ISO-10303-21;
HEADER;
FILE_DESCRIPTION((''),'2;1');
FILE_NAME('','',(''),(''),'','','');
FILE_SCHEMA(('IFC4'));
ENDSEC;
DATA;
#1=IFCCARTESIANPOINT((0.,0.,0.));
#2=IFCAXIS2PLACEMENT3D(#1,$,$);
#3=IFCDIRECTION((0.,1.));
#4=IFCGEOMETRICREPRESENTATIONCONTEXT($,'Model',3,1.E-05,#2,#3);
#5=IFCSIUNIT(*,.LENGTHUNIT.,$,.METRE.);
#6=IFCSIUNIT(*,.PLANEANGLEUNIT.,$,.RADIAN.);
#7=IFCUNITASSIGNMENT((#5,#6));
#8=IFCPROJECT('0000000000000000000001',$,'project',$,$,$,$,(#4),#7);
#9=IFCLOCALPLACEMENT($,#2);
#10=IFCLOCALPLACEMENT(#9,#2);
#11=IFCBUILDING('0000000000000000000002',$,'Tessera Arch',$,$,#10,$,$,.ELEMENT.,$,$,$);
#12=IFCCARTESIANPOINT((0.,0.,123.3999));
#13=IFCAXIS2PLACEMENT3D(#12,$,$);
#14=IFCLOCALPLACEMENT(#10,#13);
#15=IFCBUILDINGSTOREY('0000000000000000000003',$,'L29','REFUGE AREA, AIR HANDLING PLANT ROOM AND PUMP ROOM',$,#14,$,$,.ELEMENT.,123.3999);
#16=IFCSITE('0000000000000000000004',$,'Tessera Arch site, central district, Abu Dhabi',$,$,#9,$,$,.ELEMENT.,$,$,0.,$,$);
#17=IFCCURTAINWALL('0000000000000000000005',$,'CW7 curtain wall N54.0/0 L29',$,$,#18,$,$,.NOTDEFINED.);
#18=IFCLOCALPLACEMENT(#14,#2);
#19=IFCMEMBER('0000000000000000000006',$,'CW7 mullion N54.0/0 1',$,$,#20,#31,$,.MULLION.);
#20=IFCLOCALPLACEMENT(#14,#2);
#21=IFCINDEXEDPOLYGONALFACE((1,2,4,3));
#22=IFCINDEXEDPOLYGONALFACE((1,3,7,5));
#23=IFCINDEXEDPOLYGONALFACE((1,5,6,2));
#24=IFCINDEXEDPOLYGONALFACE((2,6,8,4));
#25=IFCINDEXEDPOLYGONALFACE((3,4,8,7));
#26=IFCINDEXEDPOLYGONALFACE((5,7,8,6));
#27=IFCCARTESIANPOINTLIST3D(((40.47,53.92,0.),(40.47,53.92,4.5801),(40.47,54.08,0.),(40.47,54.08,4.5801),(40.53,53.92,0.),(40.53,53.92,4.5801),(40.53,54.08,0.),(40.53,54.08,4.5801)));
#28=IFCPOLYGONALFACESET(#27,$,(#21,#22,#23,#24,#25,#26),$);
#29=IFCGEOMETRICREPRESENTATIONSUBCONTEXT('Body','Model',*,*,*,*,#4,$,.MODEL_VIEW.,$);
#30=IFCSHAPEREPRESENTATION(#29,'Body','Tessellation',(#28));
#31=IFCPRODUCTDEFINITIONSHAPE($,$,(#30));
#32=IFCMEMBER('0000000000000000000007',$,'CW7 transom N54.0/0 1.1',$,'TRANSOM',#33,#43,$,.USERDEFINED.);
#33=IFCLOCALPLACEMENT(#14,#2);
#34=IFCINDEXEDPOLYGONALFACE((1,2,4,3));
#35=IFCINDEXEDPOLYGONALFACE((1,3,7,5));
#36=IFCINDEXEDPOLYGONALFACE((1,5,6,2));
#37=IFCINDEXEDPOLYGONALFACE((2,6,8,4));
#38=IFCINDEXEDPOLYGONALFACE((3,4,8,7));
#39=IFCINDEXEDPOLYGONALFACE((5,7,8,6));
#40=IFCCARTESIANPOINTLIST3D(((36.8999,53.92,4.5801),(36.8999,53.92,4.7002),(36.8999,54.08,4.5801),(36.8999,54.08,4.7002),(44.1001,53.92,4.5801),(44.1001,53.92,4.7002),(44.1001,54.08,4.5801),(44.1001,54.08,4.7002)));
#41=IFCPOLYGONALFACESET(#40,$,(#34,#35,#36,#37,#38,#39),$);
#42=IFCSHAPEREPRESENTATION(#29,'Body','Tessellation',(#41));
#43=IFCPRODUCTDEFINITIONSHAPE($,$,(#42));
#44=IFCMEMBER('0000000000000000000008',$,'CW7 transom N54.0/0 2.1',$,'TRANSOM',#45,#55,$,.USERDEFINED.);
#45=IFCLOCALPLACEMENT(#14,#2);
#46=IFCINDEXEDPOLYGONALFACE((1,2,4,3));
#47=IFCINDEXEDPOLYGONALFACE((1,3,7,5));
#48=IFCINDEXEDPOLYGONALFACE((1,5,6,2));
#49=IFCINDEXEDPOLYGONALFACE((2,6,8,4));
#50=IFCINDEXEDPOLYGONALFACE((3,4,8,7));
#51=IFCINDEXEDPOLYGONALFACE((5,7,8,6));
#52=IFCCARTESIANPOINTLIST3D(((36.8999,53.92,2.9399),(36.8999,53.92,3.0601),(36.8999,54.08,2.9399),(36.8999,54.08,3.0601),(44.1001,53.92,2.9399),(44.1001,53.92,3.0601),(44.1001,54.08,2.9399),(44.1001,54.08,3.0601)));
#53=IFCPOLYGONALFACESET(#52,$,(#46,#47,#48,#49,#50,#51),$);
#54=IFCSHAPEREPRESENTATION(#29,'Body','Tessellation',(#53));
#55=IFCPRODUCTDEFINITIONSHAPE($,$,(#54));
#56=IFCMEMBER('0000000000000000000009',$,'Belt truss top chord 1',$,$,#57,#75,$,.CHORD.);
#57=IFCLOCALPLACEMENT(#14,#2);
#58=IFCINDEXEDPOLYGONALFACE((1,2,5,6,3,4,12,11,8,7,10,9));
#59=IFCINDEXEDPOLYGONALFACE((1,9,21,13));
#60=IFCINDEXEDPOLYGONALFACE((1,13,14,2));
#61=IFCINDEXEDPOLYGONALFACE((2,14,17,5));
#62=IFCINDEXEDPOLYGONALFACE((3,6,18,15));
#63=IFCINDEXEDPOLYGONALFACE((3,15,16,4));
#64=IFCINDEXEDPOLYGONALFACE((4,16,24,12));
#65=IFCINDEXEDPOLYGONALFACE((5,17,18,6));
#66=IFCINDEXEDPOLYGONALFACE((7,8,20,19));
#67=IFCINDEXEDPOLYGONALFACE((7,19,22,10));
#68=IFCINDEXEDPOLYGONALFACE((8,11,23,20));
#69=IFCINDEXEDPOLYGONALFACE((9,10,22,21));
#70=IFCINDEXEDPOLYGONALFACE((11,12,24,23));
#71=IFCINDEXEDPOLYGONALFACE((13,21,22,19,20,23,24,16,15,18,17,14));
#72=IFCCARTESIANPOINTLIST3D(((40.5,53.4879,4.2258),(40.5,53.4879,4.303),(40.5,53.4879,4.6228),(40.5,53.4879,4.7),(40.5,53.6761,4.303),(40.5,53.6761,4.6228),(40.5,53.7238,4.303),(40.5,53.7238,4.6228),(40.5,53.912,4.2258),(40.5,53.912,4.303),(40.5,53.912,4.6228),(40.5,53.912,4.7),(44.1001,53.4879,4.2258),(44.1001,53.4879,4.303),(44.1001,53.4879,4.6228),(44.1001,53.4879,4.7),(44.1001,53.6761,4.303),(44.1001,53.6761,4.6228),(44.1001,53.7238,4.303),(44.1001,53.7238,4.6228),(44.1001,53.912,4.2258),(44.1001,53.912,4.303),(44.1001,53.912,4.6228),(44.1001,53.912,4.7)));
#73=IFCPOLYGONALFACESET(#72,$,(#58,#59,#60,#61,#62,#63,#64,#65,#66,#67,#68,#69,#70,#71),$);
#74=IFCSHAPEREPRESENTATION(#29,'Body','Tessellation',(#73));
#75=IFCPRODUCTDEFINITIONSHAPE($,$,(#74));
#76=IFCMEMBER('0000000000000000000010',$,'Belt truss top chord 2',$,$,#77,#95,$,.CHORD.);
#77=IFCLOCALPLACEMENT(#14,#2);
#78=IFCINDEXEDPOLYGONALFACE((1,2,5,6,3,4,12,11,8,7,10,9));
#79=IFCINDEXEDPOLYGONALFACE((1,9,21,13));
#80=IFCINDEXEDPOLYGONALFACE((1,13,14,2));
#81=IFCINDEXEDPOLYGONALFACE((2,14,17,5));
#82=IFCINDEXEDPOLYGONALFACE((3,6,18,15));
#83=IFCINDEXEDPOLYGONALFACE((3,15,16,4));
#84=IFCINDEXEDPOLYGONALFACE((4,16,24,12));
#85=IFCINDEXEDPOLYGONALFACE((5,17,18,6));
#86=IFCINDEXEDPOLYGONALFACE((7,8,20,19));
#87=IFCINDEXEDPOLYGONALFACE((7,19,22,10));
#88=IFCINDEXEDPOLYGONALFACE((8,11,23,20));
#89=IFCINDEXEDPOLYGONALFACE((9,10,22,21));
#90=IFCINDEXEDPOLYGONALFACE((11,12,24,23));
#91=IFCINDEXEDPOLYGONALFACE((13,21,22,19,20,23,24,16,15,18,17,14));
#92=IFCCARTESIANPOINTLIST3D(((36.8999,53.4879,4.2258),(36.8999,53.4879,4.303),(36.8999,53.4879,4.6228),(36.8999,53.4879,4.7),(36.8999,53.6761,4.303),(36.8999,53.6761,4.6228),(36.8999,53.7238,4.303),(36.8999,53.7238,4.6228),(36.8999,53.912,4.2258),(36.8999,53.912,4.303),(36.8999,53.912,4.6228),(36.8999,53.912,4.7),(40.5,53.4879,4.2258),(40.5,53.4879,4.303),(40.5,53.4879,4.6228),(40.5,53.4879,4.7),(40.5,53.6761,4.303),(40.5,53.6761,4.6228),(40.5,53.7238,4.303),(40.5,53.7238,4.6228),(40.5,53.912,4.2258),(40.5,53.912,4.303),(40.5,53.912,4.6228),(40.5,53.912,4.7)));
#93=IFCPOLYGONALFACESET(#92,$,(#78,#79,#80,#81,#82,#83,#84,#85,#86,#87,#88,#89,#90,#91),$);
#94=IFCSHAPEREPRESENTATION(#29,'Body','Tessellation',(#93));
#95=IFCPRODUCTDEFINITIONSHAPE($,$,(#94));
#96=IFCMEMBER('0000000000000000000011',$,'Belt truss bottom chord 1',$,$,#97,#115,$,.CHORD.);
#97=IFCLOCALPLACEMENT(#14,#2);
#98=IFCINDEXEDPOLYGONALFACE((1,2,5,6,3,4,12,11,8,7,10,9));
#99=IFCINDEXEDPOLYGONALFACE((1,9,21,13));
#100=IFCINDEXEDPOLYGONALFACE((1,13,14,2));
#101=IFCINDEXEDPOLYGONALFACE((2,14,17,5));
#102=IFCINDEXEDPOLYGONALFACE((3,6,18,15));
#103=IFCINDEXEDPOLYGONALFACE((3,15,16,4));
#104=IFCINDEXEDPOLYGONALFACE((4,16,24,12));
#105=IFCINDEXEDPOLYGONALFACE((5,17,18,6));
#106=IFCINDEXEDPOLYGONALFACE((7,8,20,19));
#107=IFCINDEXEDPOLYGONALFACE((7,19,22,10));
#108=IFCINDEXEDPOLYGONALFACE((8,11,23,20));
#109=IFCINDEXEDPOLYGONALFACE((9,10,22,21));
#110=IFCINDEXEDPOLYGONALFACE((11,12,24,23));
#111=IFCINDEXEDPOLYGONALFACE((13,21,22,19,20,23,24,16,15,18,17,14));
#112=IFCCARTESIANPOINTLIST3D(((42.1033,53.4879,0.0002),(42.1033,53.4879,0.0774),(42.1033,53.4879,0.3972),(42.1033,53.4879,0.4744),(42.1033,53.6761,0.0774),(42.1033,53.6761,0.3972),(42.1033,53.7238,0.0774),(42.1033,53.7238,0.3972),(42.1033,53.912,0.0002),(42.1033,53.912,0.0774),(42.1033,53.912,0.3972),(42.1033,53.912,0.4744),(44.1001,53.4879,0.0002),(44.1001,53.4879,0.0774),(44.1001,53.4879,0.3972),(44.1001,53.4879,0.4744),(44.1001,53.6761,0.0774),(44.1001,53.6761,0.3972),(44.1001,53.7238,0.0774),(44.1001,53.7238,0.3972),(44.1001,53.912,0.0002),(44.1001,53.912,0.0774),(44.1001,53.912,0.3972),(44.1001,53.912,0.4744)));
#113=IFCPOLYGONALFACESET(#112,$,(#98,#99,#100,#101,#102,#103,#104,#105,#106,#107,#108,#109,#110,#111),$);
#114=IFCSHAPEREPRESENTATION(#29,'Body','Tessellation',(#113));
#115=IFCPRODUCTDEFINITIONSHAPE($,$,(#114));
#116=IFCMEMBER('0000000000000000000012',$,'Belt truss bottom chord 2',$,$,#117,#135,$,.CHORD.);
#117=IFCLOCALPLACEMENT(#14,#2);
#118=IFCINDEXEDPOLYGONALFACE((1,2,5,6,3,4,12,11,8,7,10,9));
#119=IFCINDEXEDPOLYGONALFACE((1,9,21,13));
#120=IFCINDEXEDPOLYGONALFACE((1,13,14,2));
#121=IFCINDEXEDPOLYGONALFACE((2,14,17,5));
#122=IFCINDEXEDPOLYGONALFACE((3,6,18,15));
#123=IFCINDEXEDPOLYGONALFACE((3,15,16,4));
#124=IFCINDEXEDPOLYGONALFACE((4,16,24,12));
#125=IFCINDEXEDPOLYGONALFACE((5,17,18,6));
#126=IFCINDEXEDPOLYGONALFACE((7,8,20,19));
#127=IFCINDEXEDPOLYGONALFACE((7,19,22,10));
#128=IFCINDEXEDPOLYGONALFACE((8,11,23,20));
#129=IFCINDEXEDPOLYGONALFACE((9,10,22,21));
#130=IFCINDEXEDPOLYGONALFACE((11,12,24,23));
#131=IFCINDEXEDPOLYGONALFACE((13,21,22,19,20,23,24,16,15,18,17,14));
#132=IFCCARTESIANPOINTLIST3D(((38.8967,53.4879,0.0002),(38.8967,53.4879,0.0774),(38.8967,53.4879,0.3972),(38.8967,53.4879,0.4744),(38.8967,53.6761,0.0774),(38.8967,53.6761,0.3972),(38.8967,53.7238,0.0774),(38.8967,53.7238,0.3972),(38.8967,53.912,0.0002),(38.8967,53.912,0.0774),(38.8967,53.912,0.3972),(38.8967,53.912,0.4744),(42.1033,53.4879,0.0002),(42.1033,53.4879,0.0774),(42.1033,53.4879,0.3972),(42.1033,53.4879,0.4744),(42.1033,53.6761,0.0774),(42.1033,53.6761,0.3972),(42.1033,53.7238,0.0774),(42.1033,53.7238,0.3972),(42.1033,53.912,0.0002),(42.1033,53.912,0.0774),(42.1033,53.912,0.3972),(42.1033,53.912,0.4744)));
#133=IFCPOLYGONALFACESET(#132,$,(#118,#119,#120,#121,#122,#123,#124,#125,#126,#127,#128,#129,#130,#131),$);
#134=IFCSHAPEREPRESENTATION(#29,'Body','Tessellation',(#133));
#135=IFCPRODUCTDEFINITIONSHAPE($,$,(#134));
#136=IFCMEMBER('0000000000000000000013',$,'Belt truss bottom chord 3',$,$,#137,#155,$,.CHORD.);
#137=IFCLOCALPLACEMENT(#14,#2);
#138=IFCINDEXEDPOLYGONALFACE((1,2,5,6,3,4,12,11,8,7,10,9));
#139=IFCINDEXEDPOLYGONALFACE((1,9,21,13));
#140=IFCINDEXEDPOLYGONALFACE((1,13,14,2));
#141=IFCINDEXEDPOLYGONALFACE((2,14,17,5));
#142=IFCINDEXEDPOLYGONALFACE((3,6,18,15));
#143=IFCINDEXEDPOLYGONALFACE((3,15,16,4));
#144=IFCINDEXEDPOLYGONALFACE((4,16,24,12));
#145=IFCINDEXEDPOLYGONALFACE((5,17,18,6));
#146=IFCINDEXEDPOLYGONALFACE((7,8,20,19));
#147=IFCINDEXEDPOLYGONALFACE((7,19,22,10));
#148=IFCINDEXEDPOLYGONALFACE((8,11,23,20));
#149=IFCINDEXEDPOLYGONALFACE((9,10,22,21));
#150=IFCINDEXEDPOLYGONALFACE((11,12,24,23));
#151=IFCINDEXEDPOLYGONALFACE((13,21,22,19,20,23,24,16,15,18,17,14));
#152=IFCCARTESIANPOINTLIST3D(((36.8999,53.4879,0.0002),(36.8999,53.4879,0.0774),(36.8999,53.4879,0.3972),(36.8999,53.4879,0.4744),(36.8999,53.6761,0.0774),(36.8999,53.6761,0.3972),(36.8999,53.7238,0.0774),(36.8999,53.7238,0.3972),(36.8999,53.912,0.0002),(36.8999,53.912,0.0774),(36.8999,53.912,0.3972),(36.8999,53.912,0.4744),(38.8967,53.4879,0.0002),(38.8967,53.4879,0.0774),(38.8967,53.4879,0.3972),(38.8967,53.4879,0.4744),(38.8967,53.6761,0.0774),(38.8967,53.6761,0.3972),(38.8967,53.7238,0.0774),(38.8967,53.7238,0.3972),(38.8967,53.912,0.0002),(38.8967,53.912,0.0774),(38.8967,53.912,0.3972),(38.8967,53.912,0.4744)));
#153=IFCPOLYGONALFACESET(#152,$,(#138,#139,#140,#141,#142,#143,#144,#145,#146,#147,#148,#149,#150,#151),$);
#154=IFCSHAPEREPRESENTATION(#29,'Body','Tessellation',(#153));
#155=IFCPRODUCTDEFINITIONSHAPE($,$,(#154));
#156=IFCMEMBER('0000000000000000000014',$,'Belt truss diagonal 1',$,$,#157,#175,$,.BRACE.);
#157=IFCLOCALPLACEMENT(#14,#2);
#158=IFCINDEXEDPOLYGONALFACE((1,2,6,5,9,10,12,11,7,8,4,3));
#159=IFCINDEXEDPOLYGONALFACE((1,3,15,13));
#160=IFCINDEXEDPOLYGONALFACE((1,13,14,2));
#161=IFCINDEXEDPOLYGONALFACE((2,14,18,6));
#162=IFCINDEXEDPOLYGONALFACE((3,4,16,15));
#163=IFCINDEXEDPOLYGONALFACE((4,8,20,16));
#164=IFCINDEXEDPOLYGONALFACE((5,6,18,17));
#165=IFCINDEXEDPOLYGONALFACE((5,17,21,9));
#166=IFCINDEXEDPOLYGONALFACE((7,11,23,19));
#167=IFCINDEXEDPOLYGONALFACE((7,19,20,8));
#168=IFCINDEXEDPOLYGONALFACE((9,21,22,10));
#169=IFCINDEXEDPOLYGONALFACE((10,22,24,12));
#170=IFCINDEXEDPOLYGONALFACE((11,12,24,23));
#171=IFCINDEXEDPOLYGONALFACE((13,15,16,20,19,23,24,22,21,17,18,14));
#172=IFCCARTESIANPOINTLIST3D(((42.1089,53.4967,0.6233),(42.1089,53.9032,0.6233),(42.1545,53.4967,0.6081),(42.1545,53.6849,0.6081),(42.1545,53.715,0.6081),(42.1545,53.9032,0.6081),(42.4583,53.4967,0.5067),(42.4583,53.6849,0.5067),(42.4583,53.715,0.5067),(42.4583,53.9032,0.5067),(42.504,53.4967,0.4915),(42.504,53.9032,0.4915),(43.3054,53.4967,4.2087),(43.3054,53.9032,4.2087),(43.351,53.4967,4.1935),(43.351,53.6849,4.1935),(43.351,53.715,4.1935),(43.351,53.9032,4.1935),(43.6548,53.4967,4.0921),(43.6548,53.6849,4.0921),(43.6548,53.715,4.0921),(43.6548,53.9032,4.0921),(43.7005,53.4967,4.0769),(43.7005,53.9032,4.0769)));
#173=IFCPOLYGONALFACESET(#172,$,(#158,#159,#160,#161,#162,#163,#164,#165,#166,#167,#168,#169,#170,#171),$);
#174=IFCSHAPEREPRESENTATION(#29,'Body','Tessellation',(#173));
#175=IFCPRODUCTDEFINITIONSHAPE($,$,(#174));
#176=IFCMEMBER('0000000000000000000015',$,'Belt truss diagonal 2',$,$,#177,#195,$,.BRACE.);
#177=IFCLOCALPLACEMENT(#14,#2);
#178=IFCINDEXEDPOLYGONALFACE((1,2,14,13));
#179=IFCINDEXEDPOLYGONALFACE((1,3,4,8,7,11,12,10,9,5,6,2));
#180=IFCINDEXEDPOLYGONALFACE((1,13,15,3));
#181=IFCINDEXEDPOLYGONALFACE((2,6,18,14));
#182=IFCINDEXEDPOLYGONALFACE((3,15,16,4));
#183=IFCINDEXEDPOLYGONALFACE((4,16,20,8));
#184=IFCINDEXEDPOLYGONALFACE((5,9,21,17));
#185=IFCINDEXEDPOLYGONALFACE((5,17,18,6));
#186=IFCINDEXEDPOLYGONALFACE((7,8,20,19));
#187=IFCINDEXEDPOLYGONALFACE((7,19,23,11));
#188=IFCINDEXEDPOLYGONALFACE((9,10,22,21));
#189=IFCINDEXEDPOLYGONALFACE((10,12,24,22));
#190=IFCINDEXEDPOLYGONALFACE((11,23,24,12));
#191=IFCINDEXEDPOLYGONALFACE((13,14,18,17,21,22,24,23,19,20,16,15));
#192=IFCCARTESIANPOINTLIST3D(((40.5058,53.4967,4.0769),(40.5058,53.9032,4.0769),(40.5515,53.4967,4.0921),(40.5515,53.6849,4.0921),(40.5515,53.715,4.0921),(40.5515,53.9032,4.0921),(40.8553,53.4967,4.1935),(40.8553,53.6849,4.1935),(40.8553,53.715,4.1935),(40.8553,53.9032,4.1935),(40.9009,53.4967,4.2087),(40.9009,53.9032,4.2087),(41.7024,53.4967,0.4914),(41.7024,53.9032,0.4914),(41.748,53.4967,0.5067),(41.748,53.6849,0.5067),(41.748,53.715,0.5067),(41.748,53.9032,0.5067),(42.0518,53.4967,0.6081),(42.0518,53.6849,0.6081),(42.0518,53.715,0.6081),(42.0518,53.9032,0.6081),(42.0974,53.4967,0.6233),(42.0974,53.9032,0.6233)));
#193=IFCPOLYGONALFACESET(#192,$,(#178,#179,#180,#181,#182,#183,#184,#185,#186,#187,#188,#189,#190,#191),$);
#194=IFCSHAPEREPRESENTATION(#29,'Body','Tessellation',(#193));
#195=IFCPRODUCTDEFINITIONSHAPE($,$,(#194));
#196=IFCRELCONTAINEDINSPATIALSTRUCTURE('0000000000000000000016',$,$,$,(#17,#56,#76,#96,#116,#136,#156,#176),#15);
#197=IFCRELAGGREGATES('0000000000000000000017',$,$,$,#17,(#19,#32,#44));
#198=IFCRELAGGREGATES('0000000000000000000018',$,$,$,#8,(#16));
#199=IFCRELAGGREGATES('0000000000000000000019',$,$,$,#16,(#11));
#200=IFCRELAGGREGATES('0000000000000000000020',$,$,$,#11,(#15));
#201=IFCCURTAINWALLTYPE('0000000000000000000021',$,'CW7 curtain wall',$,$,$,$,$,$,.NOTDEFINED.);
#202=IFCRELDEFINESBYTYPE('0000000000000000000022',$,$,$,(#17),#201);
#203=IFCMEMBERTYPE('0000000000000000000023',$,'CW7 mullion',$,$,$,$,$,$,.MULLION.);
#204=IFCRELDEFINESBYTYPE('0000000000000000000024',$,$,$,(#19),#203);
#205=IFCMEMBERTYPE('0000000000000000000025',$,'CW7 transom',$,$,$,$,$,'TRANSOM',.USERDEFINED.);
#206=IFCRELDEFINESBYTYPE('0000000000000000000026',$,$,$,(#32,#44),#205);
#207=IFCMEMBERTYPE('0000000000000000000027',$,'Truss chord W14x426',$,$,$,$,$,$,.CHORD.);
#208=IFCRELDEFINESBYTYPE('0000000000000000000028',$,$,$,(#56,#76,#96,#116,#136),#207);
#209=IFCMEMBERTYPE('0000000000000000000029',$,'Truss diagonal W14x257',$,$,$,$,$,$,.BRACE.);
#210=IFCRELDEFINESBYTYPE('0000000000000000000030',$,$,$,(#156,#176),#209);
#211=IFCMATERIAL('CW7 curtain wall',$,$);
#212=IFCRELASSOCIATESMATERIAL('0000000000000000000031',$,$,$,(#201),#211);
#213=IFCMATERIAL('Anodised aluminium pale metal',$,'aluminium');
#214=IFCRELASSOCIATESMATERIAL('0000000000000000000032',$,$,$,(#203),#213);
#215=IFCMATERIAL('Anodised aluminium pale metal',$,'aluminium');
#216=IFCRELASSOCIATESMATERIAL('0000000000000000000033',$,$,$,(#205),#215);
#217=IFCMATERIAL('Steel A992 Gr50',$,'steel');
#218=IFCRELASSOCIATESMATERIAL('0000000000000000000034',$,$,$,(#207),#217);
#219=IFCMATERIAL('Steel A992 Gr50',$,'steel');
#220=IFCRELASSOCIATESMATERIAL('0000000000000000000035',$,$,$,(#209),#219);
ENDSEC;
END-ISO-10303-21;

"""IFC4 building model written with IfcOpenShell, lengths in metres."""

from ifc_helpers import new_model, si_unit, direction, frame, origin, origin_2d, place, context, subcontext, project, spatial, rectangle, i_section, extrude, material, material_profile, profile_set, type_object, element, aggregate, save


model = new_model("IFC4")

# Units and contexts
model_context = context("Model", 3, precision=1e-05, world=origin(), true_north=direction((0.0, 1.0)))
body_context = subcontext(model_context, "Body", "Model", "MODEL_VIEW")
ifc_project = project(units=[si_unit("LENGTHUNIT", "METRE"), si_unit("PLANEANGLEUNIT", "RADIAN")], contexts=[model_context])

# Site, building, storey
site_placement = place(None, origin())
site = spatial("IfcSite", under=ifc_project, at=site_placement, Name="Tessera Arch site, central district, Abu Dhabi", CompositionType="ELEMENT", RefElevation=0.0)
building_placement = place(site_placement, origin())
building = spatial("IfcBuilding", under=site, at=building_placement, Name="Tessera Arch", CompositionType="ELEMENT")
storey_placement = place(building_placement, frame((0.0, 0.0, 123.3999)))
storey = spatial("IfcBuildingStorey", under=building, at=storey_placement, Name="L29", Description="REFUGE AREA, AIR HANDLING PLANT ROOM AND PUMP ROOM", CompositionType="ELEMENT", Elevation=123.3999)

# Curtain wall, members
ifc_material_1 = material(Name="CW7 curtain wall")
curtain_wall_type = type_object("IfcCurtainWallType", Name="CW7 curtain wall", PredefinedType="NOTDEFINED", material=ifc_material_1)
curtain_wall_placement = place(storey_placement, origin())
curtain_wall = element("IfcCurtainWall", 1, at=curtain_wall_placement, inside=storey, type_object=curtain_wall_type, Name="CW7 curtain wall N54.0/0 L29", PredefinedType="NOTDEFINED")
ifc_material_2 = material(Name="Anodised aluminium pale metal", Category="aluminium")
ifc_material_profile_1 = material_profile(ifc_material_2, rectangle(XDim=0.1599, YDim=0.0601, at=origin_2d()), Name="AL 60x160")
ifc_profile_set_1 = profile_set([ifc_material_profile_1], Name="Anodised aluminium pale metal")
member_type_1 = type_object("IfcMemberType", Name="CW7 mullion", PredefinedType="MULLION", material=ifc_profile_set_1)
member_1_placement = place(storey_placement, frame((40.5, 54.0, 0.0), z_axis=(0.0, 0.0, 1.0), x_axis=(0.0, -1.0, 0.0)))
member_1 = element("IfcMember", 2, at=member_1_placement, type_object=member_type_1, Name="CW7 mullion N54.0/0 1", PredefinedType="MULLION", context=body_context, shape_type="SweptSolid", body=[
    extrude(rectangle(XDim=0.1599, YDim=0.0601, at=origin_2d()), origin(), (0.0, 0.0, 1.0), 4.5801),
])
ifc_material_3 = material(Name="Anodised aluminium pale metal", Category="aluminium")
ifc_material_profile_2 = material_profile(ifc_material_3, rectangle(XDim=0.1599, YDim=0.1201, at=origin_2d()), Name="AL 160x120")
ifc_profile_set_2 = profile_set([ifc_material_profile_2], Name="Anodised aluminium pale metal")
member_type_2 = type_object("IfcMemberType", Name="CW7 transom", ElementType="TRANSOM", PredefinedType="USERDEFINED", material=ifc_profile_set_2)
member_2_placement = place(storey_placement, frame((44.1001, 54.0, 4.6401), z_axis=(-1.0, 0.0, 0.0), x_axis=(0.0, -1.0, 0.0)))
member_2 = element("IfcMember", 3, at=member_2_placement, type_object=member_type_2, Name="CW7 transom N54.0/0 1.1", ObjectType="TRANSOM", PredefinedType="USERDEFINED", context=body_context, shape_type="SweptSolid", body=[
    extrude(rectangle(XDim=0.1599, YDim=0.1201, at=origin_2d()), origin(), (0.0, 0.0, 1.0), 7.2002),
])
member_3_placement = place(storey_placement, frame((44.1001, 54.0, 3.0), z_axis=(-1.0, 0.0, 0.0), x_axis=(0.0, -1.0, 0.0)))
member_3 = element("IfcMember", 4, at=member_3_placement, type_object=member_type_2, Name="CW7 transom N54.0/0 2.1", ObjectType="TRANSOM", PredefinedType="USERDEFINED", context=body_context, shape_type="SweptSolid", body=[
    extrude(rectangle(XDim=0.1599, YDim=0.1201, at=origin_2d()), origin(), (0.0, 0.0, 1.0), 7.2002),
])

# Members
ifc_material_4 = material(Name="Steel A992 Gr50", Category="steel")
ifc_material_profile_3 = material_profile(ifc_material_4, i_section(OverallWidth=0.4241, OverallDepth=0.4741, WebThickness=0.0476, FlangeThickness=0.0771, at=origin_2d()), Name="W14x426")
ifc_profile_set_3 = profile_set([ifc_material_profile_3], Name="Steel A992 Gr50")
member_type_3 = type_object("IfcMemberType", Name="Truss chord W14x426", PredefinedType="CHORD", material=ifc_profile_set_3)
for number, where, z_axis, x_axis, name in (
    (5, (44.1001, 53.7, 4.4629), (-1.0, 0.0, 0.0), (0.0, -1.0, 0.0), "Belt truss top chord 1"),
    (6, (40.5, 53.7, 4.4629), (-1.0, 0.0, 0.0), (0.0, -1.0, 0.0), "Belt truss top chord 2"),
):
    element("IfcMember", number, at=place(storey_placement, frame(where, z_axis=z_axis, x_axis=x_axis)), inside=storey, type_object=member_type_3, Name=name, PredefinedType="CHORD", context=body_context, shape_type="SweptSolid", body=[
        extrude(i_section(OverallWidth=0.4241, OverallDepth=0.4741, WebThickness=0.0476, FlangeThickness=0.0771, at=origin_2d()), origin(), (0.0, 0.0, 1.0), 3.6001),
    ])
member_4_placement = place(storey_placement, frame((44.1001, 53.7, 0.2373), z_axis=(-1.0, 0.0, 0.0), x_axis=(0.0, -1.0, 0.0)))
element("IfcMember", 7, at=member_4_placement, inside=storey, type_object=member_type_3, Name="Belt truss bottom chord 1", PredefinedType="CHORD", context=body_context, shape_type="SweptSolid", body=[
    extrude(i_section(OverallWidth=0.4241, OverallDepth=0.4741, WebThickness=0.0476, FlangeThickness=0.0771, at=origin_2d()), origin(), (0.0, 0.0, 1.0), 1.9968),
])
member_5_placement = place(storey_placement, frame((42.1033, 53.7, 0.2373), z_axis=(-1.0, 0.0, 0.0), x_axis=(0.0, -1.0, 0.0)))
element("IfcMember", 8, at=member_5_placement, inside=storey, type_object=member_type_3, Name="Belt truss bottom chord 2", PredefinedType="CHORD", context=body_context, shape_type="SweptSolid", body=[
    extrude(i_section(OverallWidth=0.4241, OverallDepth=0.4741, WebThickness=0.0476, FlangeThickness=0.0771, at=origin_2d()), origin(), (0.0, 0.0, 1.0), 3.2065),
])
member_6_placement = place(storey_placement, frame((38.8967, 53.7, 0.2373), z_axis=(-1.0, 0.0, 0.0), x_axis=(0.0, -1.0, 0.0)))
element("IfcMember", 9, at=member_6_placement, inside=storey, type_object=member_type_3, Name="Belt truss bottom chord 3", PredefinedType="CHORD", context=body_context, shape_type="SweptSolid", body=[
    extrude(i_section(OverallWidth=0.4241, OverallDepth=0.4741, WebThickness=0.0476, FlangeThickness=0.0771, at=origin_2d()), origin(), (0.0, 0.0, 1.0), 1.9968),
])
ifc_material_5 = material(Name="Steel A992 Gr50", Category="steel")
ifc_material_profile_4 = material_profile(ifc_material_5, i_section(OverallWidth=0.4065, OverallDepth=0.4165, WebThickness=0.03, FlangeThickness=0.0481, at=origin_2d()), Name="W14x257")
ifc_profile_set_4 = profile_set([ifc_material_profile_4], Name="Steel A992 Gr50")
member_type_4 = type_object("IfcMemberType", Name="Truss diagonal W14x257", PredefinedType="BRACE", material=ifc_profile_set_4)
for number, where, z_axis, x_axis, name in (
    (10, (43.5029, 53.7, 4.1428), (-0.316557, 0.0, -0.948573), (0.0, -1.0, 0.0), "Belt truss diagonal 1"),
    (11, (41.8999, 53.7, 0.5574), (-0.316557, 0.0, 0.948573), (0.0, -1.0, 0.0), "Belt truss diagonal 2"),
):
    element("IfcMember", number, at=place(storey_placement, frame(where, z_axis=z_axis, x_axis=x_axis)), inside=storey, type_object=member_type_4, Name=name, PredefinedType="BRACE", context=body_context, shape_type="SweptSolid", body=[
        extrude(i_section(OverallWidth=0.4065, OverallDepth=0.4165, WebThickness=0.03, FlangeThickness=0.0481, at=origin_2d()), origin(), (0.0, 0.0, 1.0), 3.7798),
    ])

aggregate(curtain_wall, [member_1, member_2, member_3])

save(model, "model.ifc")
